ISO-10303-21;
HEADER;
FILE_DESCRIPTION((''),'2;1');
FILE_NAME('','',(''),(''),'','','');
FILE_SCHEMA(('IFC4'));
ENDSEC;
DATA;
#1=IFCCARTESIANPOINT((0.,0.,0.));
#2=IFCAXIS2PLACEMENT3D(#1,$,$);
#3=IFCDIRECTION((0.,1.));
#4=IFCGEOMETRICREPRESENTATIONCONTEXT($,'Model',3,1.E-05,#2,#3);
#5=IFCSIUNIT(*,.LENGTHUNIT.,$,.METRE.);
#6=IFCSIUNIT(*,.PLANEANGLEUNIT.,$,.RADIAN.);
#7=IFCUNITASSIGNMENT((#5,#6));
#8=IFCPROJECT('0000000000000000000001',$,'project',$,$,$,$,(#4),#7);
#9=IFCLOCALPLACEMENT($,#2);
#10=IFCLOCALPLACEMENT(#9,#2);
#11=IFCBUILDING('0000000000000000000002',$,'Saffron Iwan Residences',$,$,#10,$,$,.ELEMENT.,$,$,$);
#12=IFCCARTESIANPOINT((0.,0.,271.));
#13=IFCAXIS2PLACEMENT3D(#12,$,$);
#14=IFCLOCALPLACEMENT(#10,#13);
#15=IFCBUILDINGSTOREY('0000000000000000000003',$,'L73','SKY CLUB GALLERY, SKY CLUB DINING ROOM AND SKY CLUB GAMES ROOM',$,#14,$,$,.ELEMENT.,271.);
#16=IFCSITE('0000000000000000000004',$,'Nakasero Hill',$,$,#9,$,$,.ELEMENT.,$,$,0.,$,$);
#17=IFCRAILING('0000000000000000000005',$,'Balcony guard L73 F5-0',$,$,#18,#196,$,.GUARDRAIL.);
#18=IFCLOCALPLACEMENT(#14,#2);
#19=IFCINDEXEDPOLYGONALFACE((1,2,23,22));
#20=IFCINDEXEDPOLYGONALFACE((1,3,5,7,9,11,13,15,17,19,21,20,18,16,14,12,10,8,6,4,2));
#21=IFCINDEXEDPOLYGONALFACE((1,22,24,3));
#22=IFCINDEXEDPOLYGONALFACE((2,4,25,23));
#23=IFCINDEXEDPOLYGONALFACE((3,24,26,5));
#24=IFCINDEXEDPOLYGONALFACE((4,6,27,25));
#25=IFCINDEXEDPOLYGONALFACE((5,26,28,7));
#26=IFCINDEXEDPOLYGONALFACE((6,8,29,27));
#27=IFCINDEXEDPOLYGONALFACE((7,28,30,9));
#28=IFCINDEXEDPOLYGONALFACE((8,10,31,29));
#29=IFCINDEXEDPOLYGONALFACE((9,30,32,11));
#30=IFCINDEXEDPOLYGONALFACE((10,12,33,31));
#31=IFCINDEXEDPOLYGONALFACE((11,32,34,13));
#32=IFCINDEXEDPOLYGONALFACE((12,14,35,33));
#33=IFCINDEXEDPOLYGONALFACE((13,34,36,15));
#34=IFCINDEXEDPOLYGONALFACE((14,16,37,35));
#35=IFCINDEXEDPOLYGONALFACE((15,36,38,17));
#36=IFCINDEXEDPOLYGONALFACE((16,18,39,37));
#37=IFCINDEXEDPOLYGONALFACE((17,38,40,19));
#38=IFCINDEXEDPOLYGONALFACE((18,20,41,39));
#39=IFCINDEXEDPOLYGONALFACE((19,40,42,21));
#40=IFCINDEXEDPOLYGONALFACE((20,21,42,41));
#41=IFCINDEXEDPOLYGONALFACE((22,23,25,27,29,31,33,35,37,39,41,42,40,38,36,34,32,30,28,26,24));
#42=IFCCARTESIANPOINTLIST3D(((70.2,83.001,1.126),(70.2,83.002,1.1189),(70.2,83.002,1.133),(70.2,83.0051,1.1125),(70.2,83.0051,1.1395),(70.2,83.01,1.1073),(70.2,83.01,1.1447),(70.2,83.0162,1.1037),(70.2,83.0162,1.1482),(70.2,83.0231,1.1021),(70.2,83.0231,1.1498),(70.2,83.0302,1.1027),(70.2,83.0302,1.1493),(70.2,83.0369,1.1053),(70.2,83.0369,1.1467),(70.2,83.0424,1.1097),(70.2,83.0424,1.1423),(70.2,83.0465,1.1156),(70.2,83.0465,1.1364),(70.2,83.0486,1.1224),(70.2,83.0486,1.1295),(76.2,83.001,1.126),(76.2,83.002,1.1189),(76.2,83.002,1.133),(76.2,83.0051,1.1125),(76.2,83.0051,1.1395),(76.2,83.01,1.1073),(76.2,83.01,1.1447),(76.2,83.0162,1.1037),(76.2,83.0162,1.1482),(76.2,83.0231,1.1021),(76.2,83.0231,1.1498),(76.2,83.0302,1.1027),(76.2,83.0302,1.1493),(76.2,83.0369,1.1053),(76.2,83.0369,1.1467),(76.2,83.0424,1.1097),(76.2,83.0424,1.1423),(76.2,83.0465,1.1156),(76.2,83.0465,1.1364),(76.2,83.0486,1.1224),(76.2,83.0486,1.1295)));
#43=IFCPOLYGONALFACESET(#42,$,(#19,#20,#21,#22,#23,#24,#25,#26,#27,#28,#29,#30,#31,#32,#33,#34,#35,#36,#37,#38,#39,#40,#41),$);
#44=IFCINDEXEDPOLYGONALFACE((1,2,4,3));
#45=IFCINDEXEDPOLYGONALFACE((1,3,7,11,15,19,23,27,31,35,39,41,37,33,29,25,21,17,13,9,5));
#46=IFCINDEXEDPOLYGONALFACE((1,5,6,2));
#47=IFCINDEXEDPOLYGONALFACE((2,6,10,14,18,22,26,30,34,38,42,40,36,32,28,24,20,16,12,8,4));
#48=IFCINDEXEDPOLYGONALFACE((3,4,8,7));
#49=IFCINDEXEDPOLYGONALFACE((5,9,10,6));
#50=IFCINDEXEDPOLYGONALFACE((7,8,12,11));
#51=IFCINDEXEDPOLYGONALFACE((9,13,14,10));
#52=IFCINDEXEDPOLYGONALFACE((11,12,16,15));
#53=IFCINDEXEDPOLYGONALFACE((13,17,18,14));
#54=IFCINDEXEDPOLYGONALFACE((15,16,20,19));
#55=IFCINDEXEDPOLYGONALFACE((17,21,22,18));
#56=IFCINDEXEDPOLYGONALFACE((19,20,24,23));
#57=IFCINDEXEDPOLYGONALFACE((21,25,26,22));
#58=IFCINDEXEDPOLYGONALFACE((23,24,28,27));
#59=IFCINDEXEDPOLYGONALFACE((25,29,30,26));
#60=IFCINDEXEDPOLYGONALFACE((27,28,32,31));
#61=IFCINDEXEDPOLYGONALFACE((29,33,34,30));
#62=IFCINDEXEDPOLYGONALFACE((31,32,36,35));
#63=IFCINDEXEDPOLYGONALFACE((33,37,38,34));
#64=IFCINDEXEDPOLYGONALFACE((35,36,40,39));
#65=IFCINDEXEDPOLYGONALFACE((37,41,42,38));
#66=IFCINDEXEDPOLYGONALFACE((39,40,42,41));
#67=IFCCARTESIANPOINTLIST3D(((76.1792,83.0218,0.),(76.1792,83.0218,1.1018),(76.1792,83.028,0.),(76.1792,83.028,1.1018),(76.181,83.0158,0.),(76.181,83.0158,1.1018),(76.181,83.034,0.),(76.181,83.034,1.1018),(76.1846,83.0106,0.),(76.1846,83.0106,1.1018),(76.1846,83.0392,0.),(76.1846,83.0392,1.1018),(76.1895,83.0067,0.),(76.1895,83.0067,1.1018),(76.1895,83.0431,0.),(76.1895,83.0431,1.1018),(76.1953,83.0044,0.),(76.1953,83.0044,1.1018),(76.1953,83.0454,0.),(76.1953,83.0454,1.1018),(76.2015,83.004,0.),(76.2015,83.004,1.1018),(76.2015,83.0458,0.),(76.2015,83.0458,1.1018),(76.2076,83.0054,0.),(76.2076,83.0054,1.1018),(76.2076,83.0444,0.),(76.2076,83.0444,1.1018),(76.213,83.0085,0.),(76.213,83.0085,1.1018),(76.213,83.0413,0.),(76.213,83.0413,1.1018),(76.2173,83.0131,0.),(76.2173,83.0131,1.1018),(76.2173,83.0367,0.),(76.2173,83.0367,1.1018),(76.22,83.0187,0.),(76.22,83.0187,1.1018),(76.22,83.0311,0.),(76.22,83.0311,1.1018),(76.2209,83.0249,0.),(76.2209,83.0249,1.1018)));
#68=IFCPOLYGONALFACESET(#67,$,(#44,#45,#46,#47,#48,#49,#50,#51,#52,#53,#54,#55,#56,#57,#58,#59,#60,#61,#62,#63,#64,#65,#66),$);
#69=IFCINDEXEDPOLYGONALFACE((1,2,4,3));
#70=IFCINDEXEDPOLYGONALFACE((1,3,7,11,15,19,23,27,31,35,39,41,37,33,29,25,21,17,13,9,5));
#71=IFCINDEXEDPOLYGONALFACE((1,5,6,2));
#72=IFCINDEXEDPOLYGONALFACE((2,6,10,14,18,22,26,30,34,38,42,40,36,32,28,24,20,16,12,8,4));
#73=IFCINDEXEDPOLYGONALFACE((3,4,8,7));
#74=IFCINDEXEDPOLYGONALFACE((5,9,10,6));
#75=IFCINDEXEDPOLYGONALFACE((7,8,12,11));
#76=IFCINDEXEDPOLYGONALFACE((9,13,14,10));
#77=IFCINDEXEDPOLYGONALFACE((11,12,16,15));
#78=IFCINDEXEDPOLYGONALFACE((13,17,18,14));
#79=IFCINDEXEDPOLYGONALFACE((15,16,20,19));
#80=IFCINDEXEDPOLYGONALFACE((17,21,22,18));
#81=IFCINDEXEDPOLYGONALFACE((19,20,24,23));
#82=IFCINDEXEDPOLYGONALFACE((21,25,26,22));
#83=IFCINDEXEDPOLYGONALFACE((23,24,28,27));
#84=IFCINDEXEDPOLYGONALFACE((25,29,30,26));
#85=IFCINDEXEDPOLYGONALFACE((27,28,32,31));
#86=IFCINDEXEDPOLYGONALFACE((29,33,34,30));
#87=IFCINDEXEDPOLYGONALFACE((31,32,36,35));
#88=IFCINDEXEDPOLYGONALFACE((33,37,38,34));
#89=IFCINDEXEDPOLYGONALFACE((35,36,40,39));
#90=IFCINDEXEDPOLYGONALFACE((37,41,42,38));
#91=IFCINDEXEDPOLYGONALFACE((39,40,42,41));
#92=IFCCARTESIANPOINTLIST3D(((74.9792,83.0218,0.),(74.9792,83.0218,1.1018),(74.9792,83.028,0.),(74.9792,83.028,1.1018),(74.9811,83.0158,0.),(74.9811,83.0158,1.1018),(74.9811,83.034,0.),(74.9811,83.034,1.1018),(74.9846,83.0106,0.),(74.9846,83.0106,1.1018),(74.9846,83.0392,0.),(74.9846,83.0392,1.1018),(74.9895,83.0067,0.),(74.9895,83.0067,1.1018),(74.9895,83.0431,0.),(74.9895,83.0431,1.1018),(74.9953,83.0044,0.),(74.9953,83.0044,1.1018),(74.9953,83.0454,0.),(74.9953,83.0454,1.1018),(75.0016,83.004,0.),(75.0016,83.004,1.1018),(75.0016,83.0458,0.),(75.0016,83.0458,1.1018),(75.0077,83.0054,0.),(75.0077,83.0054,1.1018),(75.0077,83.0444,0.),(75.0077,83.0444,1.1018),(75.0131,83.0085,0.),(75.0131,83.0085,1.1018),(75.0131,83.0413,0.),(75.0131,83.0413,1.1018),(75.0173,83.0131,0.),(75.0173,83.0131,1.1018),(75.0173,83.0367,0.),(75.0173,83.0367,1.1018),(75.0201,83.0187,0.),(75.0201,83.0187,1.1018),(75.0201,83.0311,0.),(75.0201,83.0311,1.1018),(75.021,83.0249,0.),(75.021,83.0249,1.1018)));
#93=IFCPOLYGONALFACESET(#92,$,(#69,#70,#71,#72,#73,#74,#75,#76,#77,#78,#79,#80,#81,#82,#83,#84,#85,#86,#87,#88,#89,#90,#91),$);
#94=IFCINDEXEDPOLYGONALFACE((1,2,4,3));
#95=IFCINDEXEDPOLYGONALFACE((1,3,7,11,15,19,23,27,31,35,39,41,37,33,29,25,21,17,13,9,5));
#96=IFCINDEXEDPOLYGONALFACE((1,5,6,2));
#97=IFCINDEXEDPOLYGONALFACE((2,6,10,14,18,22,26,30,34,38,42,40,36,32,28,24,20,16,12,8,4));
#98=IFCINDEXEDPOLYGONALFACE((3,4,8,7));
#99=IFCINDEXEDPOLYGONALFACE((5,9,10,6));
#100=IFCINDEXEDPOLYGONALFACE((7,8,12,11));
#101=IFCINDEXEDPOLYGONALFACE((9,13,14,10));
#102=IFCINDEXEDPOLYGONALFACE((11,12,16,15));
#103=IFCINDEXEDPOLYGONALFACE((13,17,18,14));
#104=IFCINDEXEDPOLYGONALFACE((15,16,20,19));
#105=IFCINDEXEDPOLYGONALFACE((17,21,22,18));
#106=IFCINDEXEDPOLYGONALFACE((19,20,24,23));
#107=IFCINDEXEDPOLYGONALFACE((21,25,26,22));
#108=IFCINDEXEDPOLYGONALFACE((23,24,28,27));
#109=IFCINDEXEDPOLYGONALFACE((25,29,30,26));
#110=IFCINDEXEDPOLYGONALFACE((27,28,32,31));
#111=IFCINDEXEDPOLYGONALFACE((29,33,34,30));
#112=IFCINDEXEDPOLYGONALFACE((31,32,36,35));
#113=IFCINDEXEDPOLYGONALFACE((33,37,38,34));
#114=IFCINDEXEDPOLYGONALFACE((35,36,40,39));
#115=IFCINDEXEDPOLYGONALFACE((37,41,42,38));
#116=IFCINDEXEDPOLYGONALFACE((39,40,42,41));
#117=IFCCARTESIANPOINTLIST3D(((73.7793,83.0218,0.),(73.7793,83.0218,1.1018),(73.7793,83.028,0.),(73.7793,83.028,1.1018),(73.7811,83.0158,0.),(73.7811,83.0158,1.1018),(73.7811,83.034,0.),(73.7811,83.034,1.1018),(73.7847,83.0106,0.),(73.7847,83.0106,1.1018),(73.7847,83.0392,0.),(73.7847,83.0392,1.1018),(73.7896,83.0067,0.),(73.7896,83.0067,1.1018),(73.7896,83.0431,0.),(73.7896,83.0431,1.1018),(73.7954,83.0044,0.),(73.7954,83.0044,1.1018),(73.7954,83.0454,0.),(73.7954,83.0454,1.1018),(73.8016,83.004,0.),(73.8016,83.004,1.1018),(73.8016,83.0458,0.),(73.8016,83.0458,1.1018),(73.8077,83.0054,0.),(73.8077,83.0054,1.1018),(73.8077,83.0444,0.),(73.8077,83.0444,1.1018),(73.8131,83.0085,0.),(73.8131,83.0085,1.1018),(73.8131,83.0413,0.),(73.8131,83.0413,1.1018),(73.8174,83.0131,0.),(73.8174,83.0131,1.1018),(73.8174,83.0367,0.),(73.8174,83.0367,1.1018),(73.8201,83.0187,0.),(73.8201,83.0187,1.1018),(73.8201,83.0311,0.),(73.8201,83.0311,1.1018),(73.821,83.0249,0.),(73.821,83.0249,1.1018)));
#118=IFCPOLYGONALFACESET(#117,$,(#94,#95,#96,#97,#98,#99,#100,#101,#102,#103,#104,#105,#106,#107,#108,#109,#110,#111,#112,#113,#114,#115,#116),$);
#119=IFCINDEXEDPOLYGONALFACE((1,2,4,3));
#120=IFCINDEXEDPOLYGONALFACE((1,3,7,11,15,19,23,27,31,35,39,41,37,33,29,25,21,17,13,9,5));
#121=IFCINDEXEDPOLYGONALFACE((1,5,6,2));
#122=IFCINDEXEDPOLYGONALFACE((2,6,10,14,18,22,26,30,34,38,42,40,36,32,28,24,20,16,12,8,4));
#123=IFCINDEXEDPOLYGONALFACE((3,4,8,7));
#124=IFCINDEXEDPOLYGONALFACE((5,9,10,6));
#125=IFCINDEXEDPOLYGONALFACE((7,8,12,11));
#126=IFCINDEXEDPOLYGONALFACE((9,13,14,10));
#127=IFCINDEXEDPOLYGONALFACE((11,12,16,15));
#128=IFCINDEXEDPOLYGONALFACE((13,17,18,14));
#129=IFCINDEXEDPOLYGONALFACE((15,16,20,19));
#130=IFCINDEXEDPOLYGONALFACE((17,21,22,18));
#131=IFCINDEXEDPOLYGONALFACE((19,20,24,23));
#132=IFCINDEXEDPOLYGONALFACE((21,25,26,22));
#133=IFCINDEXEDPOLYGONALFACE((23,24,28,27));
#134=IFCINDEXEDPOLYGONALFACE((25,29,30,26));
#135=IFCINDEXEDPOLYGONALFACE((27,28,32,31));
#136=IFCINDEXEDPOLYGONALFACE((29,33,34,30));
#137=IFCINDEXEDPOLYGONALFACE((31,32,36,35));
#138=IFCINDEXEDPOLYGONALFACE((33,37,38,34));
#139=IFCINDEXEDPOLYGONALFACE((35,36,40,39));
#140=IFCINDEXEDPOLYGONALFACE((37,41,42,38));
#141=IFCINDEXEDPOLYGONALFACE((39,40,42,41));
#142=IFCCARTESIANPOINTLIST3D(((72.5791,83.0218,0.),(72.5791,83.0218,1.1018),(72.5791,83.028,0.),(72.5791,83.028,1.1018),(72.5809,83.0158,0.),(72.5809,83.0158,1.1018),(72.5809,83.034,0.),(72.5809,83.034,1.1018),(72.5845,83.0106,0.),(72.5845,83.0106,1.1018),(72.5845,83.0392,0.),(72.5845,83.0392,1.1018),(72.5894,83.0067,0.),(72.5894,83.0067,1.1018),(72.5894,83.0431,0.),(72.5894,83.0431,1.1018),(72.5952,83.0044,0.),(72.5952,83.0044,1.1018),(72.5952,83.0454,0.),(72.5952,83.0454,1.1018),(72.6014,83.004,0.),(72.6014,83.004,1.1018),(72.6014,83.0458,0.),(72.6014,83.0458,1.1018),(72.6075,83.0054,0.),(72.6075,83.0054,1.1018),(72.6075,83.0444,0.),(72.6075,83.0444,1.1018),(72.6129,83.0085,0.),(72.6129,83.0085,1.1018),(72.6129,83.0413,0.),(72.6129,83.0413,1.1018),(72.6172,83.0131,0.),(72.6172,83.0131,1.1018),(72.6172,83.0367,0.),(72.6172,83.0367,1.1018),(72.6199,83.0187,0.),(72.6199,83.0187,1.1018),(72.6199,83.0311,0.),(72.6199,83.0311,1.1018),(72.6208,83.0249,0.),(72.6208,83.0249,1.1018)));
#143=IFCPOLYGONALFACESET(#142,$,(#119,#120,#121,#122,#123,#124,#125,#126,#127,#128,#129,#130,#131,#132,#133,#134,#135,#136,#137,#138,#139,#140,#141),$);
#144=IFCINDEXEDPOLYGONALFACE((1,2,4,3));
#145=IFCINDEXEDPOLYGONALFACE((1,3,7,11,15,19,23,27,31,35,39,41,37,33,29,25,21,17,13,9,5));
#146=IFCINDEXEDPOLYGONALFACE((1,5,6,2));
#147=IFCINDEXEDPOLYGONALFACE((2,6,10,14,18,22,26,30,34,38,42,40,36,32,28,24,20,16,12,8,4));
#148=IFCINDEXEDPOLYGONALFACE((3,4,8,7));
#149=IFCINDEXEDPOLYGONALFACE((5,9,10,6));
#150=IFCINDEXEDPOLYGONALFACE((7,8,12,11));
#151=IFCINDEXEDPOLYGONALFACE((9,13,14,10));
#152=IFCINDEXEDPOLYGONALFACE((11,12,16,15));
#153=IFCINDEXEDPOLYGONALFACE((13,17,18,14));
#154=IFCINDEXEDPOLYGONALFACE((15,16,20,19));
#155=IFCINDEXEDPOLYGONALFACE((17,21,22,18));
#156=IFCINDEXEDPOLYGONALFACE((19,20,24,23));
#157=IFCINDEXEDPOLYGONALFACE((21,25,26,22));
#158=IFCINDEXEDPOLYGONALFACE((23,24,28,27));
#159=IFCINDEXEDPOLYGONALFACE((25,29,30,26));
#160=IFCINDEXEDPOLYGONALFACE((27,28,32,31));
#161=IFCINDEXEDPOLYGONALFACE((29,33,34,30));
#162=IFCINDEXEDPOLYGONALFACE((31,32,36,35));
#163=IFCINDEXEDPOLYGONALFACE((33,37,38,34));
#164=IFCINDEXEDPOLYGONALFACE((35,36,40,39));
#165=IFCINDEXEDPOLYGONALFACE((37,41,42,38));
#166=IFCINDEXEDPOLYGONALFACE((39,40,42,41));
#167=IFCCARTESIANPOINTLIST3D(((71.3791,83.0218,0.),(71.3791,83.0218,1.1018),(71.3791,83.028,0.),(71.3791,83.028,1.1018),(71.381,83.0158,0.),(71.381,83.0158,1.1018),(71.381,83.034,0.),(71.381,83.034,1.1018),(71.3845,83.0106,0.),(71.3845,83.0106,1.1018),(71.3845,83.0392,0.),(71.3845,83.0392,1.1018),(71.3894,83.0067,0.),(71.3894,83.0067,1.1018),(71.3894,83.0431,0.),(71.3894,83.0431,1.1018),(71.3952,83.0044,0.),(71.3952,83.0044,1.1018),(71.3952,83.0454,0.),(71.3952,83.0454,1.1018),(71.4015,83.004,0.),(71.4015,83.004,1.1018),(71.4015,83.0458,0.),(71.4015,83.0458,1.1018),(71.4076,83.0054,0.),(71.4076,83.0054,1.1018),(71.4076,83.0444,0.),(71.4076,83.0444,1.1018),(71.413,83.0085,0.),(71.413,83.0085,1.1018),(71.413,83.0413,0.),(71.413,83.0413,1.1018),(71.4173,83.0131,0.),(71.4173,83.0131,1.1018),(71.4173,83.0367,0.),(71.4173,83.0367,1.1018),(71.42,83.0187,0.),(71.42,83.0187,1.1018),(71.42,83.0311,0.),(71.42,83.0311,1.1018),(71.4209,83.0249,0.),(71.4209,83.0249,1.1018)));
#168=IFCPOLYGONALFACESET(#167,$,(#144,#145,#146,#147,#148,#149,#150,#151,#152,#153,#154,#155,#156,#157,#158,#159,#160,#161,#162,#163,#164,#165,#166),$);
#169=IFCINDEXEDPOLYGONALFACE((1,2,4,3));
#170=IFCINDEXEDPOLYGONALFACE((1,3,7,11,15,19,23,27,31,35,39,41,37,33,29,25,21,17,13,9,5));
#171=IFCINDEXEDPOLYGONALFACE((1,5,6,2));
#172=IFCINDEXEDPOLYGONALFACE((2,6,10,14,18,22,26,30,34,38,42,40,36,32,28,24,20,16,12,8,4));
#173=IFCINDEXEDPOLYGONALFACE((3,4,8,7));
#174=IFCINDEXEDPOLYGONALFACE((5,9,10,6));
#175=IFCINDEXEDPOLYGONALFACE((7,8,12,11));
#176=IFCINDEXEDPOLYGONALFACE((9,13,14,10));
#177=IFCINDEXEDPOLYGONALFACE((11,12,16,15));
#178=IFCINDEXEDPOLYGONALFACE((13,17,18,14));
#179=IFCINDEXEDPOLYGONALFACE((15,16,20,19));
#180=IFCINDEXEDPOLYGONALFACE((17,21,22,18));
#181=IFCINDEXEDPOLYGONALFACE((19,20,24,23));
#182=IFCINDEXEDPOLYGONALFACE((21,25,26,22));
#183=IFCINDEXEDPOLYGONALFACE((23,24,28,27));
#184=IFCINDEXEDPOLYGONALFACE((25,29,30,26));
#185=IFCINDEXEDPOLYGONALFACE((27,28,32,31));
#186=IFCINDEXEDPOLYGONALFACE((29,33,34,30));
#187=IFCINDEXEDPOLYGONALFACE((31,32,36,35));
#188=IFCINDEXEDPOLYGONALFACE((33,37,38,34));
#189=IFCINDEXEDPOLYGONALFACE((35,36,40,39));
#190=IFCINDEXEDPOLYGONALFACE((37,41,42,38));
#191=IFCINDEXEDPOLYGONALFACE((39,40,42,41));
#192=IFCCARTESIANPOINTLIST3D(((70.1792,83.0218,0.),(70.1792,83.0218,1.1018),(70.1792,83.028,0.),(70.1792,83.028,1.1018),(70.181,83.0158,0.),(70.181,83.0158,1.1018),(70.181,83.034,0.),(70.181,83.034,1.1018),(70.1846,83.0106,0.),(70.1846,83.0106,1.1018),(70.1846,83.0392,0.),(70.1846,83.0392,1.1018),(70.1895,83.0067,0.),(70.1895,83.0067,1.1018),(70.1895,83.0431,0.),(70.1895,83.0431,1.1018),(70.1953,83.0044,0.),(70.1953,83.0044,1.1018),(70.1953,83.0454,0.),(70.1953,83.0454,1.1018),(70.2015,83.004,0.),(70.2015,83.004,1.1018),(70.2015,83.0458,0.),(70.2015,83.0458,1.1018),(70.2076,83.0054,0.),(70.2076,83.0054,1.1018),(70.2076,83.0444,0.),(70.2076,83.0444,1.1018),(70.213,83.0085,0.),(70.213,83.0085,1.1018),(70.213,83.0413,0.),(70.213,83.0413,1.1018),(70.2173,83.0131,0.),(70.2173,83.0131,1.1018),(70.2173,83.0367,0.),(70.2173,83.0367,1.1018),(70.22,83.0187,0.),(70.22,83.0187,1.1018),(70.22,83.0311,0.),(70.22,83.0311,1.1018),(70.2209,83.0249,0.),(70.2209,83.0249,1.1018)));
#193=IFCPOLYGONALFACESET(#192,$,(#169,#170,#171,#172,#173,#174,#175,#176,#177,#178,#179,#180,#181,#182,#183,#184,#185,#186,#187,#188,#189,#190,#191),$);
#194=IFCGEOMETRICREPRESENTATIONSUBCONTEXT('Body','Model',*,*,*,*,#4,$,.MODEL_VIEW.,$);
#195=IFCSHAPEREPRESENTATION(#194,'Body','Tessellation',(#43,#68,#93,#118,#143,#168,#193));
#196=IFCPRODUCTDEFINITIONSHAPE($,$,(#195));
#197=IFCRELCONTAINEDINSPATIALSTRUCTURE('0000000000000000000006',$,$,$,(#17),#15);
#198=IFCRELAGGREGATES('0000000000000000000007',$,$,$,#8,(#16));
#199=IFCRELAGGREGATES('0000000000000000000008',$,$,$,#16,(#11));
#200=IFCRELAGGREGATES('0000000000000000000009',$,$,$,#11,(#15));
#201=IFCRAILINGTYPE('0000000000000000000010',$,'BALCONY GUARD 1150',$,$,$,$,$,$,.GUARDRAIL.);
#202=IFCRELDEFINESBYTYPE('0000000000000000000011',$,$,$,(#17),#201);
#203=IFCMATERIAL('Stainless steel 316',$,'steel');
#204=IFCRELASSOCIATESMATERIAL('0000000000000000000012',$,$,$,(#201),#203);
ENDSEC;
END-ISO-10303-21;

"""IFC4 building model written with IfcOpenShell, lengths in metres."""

from ifc_helpers import new_model, si_unit, direction, frame, origin, origin_2d, place, context, subcontext, project, spatial, circle, extrude, material, type_object, element, save


model = new_model("IFC4")

# Units and contexts
model_context = context("Model", 3, precision=1e-05, world=origin(), true_north=direction((0.0, 1.0)))
body_context = subcontext(model_context, "Body", "Model", "MODEL_VIEW")
ifc_project = project(units=[si_unit("LENGTHUNIT", "METRE"), si_unit("PLANEANGLEUNIT", "RADIAN")], contexts=[model_context])

# Site, building, storey
site_placement = place(None, origin())
site = spatial("IfcSite", under=ifc_project, at=site_placement, Name="Nakasero Hill", CompositionType="ELEMENT", RefElevation=0.0)
building_placement = place(site_placement, origin())
building = spatial("IfcBuilding", under=site, at=building_placement, Name="Saffron Iwan Residences", CompositionType="ELEMENT")
storey_placement = place(building_placement, frame((0.0, 0.0, 271.0)))
storey = spatial("IfcBuildingStorey", under=building, at=storey_placement, Name="L73", Description="SKY CLUB GALLERY, SKY CLUB DINING ROOM AND SKY CLUB GAMES ROOM", CompositionType="ELEMENT", Elevation=271.0)

# Railing
ifc_material_1 = material(Name="Stainless steel 316", Category="steel")
railing_type = type_object("IfcRailingType", Name="BALCONY GUARD 1150", PredefinedType="GUARDRAIL", material=ifc_material_1)
railing_placement = place(storey_placement, frame((76.2, 83.0249, 0.0)))
element("IfcRailing", 1, at=railing_placement, inside=storey, type_object=railing_type, Name="Balcony guard L73 F5-0", PredefinedType="GUARDRAIL", context=body_context, shape_type="SweptSolid", body=[
    extrude(circle(Radius=0.0239, at=origin_2d()), frame((0.0, 0.0, 1.126), z_axis=(-1.0, 0.0, 0.0), x_axis=(0.0, -1.0, 0.0)), (0.0, 0.0, 1.0), 6.0),
    extrude(circle(Radius=0.021, at=origin_2d()), origin(), (0.0, 0.0, 1.0), 1.1018),
    extrude(circle(Radius=0.021, at=origin_2d()), frame((-1.2, 0.0, 0.0)), (0.0, 0.0, 1.0), 1.1018),
    extrude(circle(Radius=0.021, at=origin_2d()), frame((-2.3999, 0.0, 0.0)), (0.0, 0.0, 1.0), 1.1018),
    extrude(circle(Radius=0.021, at=origin_2d()), frame((-3.6001, 0.0, 0.0)), (0.0, 0.0, 1.0), 1.1018),
    extrude(circle(Radius=0.021, at=origin_2d()), frame((-4.8, 0.0, 0.0)), (0.0, 0.0, 1.0), 1.1018),
    extrude(circle(Radius=0.021, at=origin_2d()), frame((-6.0, 0.0, 0.0)), (0.0, 0.0, 1.0), 1.1018),
])

save(model, "model.ifc")
